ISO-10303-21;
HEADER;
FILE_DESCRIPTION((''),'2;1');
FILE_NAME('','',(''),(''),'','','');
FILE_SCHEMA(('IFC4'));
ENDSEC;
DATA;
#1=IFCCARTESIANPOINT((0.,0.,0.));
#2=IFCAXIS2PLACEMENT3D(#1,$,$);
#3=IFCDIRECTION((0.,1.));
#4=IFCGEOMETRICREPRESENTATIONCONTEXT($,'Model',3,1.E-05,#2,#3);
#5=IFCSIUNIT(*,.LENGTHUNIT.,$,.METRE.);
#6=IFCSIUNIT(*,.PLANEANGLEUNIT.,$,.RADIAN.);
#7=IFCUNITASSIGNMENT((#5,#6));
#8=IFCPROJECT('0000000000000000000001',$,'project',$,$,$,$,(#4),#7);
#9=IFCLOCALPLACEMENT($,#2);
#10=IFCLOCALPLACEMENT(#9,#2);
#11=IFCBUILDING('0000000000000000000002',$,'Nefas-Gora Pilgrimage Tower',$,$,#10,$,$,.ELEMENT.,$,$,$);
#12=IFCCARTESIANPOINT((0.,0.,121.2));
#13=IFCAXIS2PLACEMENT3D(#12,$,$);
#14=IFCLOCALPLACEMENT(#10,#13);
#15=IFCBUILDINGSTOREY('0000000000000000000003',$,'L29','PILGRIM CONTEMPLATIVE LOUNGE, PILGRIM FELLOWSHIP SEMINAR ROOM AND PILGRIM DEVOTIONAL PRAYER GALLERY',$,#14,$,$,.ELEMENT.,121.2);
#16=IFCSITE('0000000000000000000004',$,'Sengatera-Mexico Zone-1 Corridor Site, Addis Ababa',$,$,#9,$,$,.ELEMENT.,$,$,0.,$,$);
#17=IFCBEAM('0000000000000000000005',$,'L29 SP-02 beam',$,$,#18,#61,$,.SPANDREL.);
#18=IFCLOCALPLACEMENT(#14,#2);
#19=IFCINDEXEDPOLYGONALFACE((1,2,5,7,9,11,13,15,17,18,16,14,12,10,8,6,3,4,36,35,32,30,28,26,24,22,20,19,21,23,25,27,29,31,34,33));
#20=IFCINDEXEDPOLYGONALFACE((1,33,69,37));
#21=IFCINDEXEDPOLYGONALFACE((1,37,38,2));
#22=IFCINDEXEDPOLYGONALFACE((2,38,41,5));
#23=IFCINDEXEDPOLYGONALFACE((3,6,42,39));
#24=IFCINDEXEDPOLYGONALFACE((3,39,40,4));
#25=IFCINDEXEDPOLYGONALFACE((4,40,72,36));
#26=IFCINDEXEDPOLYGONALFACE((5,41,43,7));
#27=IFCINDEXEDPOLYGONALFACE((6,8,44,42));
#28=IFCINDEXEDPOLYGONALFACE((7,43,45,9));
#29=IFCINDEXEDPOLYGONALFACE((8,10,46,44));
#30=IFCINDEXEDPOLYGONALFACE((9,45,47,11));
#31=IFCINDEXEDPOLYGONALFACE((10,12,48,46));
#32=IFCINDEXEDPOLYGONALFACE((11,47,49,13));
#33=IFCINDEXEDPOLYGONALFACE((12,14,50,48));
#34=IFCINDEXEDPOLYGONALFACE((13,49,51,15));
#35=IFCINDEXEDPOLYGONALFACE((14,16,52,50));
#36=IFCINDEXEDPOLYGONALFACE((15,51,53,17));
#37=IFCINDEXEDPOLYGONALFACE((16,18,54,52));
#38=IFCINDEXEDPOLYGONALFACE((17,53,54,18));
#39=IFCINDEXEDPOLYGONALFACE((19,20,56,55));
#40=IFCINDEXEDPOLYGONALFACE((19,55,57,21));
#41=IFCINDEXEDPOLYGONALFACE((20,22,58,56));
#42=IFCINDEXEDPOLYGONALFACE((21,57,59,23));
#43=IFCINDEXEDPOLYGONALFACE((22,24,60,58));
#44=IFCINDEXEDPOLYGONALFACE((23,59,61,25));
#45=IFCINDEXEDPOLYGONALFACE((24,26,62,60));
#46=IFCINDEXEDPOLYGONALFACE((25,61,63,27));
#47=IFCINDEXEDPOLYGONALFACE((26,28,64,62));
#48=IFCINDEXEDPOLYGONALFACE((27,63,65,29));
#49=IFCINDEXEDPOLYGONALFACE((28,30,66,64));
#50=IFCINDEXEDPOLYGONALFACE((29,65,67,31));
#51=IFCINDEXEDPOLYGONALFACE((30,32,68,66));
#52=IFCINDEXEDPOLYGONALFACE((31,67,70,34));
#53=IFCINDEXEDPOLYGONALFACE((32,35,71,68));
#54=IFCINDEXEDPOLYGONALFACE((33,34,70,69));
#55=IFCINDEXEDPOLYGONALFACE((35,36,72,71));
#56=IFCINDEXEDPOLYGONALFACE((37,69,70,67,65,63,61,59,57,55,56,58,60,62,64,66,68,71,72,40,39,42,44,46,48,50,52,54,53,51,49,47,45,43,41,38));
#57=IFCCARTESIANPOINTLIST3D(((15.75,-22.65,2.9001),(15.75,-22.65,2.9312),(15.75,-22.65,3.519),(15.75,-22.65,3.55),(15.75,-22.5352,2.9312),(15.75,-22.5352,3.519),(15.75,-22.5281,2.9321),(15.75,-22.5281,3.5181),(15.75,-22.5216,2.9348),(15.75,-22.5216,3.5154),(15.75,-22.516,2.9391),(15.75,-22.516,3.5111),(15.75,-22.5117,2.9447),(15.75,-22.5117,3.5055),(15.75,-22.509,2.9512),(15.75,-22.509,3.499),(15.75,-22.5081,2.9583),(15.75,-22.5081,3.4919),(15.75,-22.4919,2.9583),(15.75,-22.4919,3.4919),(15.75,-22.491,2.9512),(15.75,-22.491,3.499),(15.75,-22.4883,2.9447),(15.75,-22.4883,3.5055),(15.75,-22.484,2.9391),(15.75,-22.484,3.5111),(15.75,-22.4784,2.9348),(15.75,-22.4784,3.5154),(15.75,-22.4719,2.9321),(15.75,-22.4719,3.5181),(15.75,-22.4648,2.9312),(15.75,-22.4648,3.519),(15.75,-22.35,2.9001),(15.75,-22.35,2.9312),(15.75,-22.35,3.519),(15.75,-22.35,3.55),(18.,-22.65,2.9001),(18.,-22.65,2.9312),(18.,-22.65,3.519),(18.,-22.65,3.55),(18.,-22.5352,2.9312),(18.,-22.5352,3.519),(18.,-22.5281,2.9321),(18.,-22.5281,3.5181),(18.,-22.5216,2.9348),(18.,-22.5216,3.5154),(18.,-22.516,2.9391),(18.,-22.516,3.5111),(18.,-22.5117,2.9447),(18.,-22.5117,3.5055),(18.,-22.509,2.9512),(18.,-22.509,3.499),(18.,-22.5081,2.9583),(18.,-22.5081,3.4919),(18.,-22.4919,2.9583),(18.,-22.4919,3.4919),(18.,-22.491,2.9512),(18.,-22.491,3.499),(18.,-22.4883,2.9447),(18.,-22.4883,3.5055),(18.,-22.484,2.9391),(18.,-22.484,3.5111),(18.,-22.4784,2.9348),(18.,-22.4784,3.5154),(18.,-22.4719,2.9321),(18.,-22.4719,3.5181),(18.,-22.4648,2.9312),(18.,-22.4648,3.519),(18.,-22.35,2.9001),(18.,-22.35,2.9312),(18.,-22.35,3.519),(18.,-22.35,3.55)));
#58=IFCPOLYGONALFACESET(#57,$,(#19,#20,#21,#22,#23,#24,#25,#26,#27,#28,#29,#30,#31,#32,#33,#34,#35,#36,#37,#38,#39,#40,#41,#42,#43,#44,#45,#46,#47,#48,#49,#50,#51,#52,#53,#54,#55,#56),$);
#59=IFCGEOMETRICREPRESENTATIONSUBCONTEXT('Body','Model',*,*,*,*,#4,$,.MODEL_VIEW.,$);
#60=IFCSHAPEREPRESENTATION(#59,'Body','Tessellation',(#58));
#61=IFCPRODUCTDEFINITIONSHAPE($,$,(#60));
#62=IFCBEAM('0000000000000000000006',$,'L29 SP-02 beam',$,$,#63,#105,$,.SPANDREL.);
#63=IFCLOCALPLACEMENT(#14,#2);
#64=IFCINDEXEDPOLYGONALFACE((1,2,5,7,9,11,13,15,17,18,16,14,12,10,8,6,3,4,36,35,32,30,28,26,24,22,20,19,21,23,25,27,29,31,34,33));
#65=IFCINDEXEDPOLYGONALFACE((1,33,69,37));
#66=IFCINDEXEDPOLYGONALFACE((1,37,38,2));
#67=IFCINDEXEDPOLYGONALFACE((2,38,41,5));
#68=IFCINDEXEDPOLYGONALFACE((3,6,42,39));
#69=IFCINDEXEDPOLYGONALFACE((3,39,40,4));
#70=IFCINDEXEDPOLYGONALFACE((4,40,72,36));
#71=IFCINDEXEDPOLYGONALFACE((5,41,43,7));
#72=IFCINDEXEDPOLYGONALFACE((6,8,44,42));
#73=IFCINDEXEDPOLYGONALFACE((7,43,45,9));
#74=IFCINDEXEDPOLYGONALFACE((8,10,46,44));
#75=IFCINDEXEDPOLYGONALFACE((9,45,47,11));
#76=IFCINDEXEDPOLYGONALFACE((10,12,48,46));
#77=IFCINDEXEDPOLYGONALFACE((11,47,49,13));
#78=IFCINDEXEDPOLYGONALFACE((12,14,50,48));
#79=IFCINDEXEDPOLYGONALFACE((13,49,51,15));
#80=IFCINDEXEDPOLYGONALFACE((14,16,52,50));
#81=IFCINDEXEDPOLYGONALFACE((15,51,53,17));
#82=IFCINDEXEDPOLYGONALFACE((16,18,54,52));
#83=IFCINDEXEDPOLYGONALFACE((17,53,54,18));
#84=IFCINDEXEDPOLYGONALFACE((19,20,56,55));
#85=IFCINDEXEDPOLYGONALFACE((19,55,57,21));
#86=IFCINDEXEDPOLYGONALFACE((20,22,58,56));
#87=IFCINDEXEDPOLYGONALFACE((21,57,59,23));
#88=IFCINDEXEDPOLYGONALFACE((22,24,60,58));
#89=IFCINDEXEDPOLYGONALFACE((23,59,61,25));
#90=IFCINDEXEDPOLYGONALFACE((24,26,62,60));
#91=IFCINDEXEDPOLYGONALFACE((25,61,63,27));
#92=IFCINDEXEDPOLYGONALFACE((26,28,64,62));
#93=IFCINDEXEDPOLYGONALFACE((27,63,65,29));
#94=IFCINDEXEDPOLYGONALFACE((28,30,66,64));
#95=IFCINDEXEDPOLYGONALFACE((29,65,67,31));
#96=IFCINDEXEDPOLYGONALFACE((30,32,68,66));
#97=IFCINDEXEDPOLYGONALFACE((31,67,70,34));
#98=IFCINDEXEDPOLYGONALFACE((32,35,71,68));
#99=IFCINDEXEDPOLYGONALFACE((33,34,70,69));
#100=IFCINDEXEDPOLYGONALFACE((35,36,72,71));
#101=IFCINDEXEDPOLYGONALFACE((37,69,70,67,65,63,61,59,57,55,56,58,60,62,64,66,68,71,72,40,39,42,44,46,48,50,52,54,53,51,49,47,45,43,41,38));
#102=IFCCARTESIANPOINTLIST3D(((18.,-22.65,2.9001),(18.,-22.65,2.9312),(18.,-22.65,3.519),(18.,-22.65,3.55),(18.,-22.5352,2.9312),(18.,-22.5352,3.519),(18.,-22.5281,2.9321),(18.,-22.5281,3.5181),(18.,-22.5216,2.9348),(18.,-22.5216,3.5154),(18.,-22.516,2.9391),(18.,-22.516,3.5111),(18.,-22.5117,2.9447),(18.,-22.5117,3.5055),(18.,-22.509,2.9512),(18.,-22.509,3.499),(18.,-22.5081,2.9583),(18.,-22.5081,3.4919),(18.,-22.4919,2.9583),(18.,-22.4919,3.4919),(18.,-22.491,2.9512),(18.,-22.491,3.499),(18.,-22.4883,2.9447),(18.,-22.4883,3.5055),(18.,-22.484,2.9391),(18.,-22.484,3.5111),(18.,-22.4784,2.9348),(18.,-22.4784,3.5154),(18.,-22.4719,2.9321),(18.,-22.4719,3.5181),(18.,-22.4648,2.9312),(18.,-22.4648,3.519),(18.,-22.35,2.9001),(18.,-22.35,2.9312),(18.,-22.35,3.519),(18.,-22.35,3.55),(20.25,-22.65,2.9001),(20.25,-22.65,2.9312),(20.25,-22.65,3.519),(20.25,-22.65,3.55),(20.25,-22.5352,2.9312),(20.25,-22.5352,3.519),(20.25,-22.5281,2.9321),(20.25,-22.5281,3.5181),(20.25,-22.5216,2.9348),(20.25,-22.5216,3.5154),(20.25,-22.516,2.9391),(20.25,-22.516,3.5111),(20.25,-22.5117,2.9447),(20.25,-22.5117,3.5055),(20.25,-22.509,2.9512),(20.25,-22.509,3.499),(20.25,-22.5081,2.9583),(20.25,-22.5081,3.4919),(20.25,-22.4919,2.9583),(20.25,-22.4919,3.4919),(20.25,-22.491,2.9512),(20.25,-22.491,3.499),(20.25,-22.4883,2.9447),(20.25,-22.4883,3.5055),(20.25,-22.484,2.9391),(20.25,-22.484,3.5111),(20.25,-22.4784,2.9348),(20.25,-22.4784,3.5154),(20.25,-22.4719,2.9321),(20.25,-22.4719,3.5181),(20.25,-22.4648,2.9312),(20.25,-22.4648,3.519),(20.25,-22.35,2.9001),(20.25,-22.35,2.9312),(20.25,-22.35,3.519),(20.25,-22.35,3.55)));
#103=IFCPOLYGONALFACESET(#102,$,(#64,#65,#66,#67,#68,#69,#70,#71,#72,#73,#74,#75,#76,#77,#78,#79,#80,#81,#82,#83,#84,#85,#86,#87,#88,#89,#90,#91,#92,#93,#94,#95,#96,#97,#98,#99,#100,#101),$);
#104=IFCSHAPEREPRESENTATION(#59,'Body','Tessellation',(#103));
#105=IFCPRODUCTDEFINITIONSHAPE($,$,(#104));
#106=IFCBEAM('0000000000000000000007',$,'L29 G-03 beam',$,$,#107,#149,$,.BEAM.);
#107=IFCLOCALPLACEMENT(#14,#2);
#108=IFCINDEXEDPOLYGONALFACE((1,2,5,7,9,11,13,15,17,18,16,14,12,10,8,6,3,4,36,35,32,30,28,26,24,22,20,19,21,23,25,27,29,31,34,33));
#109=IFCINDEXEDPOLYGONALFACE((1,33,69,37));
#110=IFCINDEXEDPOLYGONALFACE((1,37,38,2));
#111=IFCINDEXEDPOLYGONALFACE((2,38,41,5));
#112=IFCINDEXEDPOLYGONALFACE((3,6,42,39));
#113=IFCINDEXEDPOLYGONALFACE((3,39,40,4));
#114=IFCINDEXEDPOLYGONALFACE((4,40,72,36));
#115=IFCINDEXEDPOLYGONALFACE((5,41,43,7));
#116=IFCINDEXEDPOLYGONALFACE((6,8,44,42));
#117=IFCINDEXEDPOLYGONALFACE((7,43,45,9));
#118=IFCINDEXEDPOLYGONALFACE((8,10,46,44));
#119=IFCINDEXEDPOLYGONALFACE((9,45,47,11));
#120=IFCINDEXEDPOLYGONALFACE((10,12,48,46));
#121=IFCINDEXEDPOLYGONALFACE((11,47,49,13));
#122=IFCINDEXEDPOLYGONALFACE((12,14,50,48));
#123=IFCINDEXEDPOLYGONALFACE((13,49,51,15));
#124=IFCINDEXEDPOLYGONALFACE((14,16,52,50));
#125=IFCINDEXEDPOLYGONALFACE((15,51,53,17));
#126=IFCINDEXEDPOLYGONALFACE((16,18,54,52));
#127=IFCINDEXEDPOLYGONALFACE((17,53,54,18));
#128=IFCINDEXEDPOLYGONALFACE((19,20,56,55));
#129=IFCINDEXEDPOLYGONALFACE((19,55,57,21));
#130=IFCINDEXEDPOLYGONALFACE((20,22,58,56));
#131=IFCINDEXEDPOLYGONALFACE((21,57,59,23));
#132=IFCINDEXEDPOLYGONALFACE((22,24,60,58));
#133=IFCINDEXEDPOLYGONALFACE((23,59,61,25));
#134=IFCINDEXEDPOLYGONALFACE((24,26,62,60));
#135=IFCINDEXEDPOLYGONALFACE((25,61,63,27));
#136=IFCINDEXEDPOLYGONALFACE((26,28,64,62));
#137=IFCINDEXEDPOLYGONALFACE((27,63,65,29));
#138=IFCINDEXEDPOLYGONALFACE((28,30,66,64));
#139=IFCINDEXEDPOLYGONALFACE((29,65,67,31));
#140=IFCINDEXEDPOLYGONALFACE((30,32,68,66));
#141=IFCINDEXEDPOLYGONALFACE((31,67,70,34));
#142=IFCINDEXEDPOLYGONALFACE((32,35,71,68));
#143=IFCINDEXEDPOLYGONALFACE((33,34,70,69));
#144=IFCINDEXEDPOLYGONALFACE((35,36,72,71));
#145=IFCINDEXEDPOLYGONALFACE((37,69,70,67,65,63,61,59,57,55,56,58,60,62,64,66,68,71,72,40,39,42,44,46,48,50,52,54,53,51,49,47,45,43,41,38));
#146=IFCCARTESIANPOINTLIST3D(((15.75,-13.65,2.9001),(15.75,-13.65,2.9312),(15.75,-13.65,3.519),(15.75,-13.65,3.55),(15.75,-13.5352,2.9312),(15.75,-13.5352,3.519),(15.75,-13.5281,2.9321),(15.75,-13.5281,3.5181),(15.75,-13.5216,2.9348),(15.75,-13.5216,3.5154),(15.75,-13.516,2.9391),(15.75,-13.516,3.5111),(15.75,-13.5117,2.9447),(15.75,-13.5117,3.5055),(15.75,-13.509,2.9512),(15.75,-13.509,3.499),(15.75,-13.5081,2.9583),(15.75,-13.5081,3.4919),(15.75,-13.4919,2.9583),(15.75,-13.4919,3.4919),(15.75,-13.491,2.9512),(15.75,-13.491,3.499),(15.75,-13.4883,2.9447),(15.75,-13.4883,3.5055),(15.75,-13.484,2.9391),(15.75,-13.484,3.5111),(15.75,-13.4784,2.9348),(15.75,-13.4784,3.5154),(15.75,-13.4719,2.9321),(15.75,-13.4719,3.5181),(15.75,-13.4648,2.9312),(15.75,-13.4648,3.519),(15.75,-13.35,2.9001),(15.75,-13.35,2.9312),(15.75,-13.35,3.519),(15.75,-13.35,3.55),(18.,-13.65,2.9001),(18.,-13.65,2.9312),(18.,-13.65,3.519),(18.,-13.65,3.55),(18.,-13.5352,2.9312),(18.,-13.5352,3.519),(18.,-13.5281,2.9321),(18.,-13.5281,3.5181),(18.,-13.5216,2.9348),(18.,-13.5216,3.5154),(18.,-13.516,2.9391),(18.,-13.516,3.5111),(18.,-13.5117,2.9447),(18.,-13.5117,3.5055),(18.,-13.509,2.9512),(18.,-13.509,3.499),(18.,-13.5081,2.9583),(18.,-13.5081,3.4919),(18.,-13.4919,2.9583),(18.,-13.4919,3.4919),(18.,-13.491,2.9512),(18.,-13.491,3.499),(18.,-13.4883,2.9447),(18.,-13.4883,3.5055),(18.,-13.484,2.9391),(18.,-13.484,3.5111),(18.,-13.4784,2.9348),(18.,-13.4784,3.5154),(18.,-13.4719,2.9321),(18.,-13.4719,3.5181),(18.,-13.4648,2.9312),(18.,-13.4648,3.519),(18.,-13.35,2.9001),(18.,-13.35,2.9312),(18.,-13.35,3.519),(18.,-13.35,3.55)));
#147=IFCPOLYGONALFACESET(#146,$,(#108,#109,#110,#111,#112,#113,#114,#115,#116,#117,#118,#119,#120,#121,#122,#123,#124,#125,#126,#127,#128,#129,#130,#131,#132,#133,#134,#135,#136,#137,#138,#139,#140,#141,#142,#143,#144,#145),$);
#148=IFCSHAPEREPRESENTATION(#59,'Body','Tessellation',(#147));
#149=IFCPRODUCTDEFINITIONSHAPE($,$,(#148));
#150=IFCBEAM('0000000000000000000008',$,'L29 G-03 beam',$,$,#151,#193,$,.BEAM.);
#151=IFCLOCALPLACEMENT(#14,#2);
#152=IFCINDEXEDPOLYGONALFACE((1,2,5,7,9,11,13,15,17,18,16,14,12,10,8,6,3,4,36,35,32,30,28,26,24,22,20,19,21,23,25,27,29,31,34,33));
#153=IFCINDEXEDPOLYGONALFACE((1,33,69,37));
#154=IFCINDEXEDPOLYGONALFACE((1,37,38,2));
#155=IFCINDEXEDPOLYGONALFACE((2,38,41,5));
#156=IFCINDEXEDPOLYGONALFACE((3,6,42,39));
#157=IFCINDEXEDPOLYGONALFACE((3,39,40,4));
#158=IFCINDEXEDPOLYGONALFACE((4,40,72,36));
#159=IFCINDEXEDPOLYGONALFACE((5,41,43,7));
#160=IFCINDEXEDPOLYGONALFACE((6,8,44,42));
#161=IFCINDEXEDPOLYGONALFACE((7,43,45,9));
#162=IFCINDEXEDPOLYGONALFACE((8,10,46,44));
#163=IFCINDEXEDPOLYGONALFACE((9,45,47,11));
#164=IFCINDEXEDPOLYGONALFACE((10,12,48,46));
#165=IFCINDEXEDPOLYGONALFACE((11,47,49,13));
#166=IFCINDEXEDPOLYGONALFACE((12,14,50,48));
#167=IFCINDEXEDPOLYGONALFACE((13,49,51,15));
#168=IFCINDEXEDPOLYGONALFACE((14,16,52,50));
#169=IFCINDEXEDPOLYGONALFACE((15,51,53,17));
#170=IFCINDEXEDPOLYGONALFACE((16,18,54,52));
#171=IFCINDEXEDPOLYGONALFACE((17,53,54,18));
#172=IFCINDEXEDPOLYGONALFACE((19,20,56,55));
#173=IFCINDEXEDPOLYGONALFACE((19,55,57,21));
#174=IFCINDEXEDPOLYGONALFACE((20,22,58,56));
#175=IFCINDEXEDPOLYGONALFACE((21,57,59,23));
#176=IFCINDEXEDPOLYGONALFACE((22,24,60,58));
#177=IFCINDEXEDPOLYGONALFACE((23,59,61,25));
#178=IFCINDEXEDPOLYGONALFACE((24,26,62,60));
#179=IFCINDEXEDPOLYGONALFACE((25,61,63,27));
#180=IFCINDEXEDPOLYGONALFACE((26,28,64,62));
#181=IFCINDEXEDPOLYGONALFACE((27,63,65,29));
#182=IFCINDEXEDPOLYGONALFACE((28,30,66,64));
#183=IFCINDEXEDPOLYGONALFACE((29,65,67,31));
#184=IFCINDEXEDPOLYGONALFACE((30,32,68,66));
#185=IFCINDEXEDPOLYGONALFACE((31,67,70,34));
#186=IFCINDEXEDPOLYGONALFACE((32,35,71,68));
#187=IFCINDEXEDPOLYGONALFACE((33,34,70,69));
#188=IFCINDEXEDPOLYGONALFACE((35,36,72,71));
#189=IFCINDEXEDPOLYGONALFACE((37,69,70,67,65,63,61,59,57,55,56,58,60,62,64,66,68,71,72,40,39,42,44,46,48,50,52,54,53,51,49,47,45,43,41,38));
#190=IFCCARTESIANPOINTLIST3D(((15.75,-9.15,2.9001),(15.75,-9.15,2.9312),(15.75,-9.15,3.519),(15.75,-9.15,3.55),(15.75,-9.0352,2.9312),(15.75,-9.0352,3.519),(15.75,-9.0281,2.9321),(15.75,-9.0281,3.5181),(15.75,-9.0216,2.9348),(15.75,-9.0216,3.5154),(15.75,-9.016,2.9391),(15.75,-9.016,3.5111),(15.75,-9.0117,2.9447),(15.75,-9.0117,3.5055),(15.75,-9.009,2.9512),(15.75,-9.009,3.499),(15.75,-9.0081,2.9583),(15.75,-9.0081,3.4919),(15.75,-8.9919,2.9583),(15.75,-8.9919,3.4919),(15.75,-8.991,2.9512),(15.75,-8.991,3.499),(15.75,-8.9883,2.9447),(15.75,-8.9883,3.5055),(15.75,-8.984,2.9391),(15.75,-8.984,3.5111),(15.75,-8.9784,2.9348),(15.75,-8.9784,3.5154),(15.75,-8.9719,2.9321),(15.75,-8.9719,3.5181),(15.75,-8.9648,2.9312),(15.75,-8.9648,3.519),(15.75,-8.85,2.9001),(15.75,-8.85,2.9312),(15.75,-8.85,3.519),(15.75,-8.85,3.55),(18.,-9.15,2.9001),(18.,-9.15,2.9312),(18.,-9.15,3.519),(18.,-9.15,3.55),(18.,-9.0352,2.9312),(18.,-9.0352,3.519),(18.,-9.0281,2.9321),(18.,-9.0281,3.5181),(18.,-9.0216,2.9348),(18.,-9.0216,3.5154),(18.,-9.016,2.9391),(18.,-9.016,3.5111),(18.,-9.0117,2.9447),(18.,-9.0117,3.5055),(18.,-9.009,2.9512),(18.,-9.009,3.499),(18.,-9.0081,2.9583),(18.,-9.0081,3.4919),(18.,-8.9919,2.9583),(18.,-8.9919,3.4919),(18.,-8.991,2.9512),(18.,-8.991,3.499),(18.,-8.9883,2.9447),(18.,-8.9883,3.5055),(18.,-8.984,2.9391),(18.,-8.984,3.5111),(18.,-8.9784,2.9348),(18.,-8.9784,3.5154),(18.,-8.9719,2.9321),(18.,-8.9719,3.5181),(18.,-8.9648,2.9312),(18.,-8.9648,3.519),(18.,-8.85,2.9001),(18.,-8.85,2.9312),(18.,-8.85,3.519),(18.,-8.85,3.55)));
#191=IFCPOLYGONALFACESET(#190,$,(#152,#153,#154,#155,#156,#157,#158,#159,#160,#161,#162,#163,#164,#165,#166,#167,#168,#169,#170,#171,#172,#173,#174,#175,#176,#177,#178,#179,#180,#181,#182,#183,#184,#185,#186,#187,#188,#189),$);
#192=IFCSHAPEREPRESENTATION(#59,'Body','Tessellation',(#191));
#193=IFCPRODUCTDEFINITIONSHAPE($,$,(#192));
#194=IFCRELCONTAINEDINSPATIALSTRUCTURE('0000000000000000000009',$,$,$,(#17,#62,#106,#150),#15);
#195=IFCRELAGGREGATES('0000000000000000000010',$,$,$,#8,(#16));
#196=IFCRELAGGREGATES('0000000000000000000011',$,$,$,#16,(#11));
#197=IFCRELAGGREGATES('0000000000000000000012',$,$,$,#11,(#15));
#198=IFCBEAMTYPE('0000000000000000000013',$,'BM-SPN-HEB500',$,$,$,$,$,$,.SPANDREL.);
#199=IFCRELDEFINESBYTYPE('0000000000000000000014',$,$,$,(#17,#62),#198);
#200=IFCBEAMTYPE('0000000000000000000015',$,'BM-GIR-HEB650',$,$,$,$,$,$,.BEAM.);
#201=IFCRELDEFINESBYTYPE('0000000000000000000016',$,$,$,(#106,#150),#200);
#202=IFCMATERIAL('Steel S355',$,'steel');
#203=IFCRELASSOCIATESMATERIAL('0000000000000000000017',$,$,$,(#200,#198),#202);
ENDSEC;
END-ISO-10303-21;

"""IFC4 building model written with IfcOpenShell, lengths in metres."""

from ifc_helpers import new_model, si_unit, direction, frame, origin, origin_2d, place, context, subcontext, project, spatial, i_section, extrude, source, transform, mapped, material, material_profile, profile_set, type_object, element, save


model = new_model("IFC4")

# Units and contexts
model_context = context("Model", 3, precision=1e-05, world=origin(), true_north=direction((0.0, 1.0)))
body_context = subcontext(model_context, "Body", "Model", "MODEL_VIEW")
ifc_project = project(units=[si_unit("LENGTHUNIT", "METRE"), si_unit("PLANEANGLEUNIT", "RADIAN")], contexts=[model_context])

# Site, building, storey
site_placement = place(None, origin())
site = spatial("IfcSite", under=ifc_project, at=site_placement, Name="Sengatera-Mexico Zone-1 Corridor Site, Addis Ababa", CompositionType="ELEMENT", RefElevation=0.0)
building_placement = place(site_placement, origin())
building = spatial("IfcBuilding", under=site, at=building_placement, Name="Nefas-Gora Pilgrimage Tower", CompositionType="ELEMENT")
storey_placement = place(building_placement, frame((0.0, 0.0, 121.2)))
storey = spatial("IfcBuildingStorey", under=building, at=storey_placement, Name="L29", Description="PILGRIM CONTEMPLATIVE LOUNGE, PILGRIM FELLOWSHIP SEMINAR ROOM AND PILGRIM DEVOTIONAL PRAYER GALLERY", CompositionType="ELEMENT", Elevation=121.2)

# Beams
ifc_material_1 = material(Name="Steel S355", Category="steel")
ifc_material_profile_1 = material_profile(ifc_material_1, i_section(OverallWidth=0.3, OverallDepth=0.6499, WebThickness=0.0161, FlangeThickness=0.031, FilletRadius=0.0271, at=origin_2d()), Name="HEB 650")
ifc_profile_set_1 = profile_set([ifc_material_profile_1], Name="Steel S355")
beam_type_1 = type_object("IfcBeamType", Name="BM-GIR-HEB650", PredefinedType="BEAM", material=ifc_profile_set_1)
ifc_material_profile_2 = material_profile(ifc_material_1, i_section(OverallWidth=0.3, OverallDepth=0.6499, WebThickness=0.0161, FlangeThickness=0.031, FilletRadius=0.0271, at=origin_2d()), Name="HEB 650")
ifc_profile_set_2 = profile_set([ifc_material_profile_2], Name="Steel S355")
beam_type_2 = type_object("IfcBeamType", Name="BM-SPN-HEB500", PredefinedType="SPANDREL", material=ifc_profile_set_2)
shared_shape_1 = source(origin(), body_context, "Body", "SweptSolid", [
    extrude(i_section(OverallWidth=0.3, OverallDepth=0.6499, WebThickness=0.0161, FlangeThickness=0.031, FilletRadius=0.0271, at=origin_2d()), origin(), (0.0, 0.0, 1.0), 2.25),
])
for number, where, z_axis, x_axis, name in (
    (1, (15.75, -22.5, 3.2251), (1.0, 0.0, 0.0), (0.0, 1.0, 0.0), "L29 SP-02 beam"),
    (2, (18.0, -22.5, 3.2251), (1.0, 0.0, 0.0), (0.0, 1.0, 0.0), "L29 SP-02 beam"),
):
    element("IfcBeam", number, at=place(storey_placement, frame(where, z_axis=z_axis, x_axis=x_axis)), inside=storey, type_object=beam_type_2, Name=name, PredefinedType="SPANDREL", context=body_context, shape_type="MappedRepresentation", body=[
        mapped(shared_shape_1, transform((0.0, 0.0, 0.0), x_axis=(1.0, 0.0, 0.0), y_axis=(0.0, 1.0, 0.0), z_axis=(0.0, 0.0, 1.0), scale=1.0)),
    ])
shared_shape_2 = source(origin(), body_context, "Body", "SweptSolid", [
    extrude(i_section(OverallWidth=0.3, OverallDepth=0.6499, WebThickness=0.0161, FlangeThickness=0.031, FilletRadius=0.0271, at=origin_2d()), origin(), (0.0, 0.0, 1.0), 2.25),
])
for number, where, z_axis, x_axis, name in (
    (3, (15.75, -13.5, 3.2251), (1.0, 0.0, 0.0), (0.0, 1.0, 0.0), "L29 G-03 beam"),
    (4, (15.75, -9.0, 3.2251), (1.0, 0.0, 0.0), (0.0, 1.0, 0.0), "L29 G-03 beam"),
):
    element("IfcBeam", number, at=place(storey_placement, frame(where, z_axis=z_axis, x_axis=x_axis)), inside=storey, type_object=beam_type_1, Name=name, PredefinedType="BEAM", context=body_context, shape_type="MappedRepresentation", body=[
        mapped(shared_shape_2, transform((0.0, 0.0, 0.0), x_axis=(1.0, 0.0, 0.0), y_axis=(0.0, 1.0, 0.0), z_axis=(0.0, 0.0, 1.0), scale=1.0)),
    ])

save(model, "model.ifc")
